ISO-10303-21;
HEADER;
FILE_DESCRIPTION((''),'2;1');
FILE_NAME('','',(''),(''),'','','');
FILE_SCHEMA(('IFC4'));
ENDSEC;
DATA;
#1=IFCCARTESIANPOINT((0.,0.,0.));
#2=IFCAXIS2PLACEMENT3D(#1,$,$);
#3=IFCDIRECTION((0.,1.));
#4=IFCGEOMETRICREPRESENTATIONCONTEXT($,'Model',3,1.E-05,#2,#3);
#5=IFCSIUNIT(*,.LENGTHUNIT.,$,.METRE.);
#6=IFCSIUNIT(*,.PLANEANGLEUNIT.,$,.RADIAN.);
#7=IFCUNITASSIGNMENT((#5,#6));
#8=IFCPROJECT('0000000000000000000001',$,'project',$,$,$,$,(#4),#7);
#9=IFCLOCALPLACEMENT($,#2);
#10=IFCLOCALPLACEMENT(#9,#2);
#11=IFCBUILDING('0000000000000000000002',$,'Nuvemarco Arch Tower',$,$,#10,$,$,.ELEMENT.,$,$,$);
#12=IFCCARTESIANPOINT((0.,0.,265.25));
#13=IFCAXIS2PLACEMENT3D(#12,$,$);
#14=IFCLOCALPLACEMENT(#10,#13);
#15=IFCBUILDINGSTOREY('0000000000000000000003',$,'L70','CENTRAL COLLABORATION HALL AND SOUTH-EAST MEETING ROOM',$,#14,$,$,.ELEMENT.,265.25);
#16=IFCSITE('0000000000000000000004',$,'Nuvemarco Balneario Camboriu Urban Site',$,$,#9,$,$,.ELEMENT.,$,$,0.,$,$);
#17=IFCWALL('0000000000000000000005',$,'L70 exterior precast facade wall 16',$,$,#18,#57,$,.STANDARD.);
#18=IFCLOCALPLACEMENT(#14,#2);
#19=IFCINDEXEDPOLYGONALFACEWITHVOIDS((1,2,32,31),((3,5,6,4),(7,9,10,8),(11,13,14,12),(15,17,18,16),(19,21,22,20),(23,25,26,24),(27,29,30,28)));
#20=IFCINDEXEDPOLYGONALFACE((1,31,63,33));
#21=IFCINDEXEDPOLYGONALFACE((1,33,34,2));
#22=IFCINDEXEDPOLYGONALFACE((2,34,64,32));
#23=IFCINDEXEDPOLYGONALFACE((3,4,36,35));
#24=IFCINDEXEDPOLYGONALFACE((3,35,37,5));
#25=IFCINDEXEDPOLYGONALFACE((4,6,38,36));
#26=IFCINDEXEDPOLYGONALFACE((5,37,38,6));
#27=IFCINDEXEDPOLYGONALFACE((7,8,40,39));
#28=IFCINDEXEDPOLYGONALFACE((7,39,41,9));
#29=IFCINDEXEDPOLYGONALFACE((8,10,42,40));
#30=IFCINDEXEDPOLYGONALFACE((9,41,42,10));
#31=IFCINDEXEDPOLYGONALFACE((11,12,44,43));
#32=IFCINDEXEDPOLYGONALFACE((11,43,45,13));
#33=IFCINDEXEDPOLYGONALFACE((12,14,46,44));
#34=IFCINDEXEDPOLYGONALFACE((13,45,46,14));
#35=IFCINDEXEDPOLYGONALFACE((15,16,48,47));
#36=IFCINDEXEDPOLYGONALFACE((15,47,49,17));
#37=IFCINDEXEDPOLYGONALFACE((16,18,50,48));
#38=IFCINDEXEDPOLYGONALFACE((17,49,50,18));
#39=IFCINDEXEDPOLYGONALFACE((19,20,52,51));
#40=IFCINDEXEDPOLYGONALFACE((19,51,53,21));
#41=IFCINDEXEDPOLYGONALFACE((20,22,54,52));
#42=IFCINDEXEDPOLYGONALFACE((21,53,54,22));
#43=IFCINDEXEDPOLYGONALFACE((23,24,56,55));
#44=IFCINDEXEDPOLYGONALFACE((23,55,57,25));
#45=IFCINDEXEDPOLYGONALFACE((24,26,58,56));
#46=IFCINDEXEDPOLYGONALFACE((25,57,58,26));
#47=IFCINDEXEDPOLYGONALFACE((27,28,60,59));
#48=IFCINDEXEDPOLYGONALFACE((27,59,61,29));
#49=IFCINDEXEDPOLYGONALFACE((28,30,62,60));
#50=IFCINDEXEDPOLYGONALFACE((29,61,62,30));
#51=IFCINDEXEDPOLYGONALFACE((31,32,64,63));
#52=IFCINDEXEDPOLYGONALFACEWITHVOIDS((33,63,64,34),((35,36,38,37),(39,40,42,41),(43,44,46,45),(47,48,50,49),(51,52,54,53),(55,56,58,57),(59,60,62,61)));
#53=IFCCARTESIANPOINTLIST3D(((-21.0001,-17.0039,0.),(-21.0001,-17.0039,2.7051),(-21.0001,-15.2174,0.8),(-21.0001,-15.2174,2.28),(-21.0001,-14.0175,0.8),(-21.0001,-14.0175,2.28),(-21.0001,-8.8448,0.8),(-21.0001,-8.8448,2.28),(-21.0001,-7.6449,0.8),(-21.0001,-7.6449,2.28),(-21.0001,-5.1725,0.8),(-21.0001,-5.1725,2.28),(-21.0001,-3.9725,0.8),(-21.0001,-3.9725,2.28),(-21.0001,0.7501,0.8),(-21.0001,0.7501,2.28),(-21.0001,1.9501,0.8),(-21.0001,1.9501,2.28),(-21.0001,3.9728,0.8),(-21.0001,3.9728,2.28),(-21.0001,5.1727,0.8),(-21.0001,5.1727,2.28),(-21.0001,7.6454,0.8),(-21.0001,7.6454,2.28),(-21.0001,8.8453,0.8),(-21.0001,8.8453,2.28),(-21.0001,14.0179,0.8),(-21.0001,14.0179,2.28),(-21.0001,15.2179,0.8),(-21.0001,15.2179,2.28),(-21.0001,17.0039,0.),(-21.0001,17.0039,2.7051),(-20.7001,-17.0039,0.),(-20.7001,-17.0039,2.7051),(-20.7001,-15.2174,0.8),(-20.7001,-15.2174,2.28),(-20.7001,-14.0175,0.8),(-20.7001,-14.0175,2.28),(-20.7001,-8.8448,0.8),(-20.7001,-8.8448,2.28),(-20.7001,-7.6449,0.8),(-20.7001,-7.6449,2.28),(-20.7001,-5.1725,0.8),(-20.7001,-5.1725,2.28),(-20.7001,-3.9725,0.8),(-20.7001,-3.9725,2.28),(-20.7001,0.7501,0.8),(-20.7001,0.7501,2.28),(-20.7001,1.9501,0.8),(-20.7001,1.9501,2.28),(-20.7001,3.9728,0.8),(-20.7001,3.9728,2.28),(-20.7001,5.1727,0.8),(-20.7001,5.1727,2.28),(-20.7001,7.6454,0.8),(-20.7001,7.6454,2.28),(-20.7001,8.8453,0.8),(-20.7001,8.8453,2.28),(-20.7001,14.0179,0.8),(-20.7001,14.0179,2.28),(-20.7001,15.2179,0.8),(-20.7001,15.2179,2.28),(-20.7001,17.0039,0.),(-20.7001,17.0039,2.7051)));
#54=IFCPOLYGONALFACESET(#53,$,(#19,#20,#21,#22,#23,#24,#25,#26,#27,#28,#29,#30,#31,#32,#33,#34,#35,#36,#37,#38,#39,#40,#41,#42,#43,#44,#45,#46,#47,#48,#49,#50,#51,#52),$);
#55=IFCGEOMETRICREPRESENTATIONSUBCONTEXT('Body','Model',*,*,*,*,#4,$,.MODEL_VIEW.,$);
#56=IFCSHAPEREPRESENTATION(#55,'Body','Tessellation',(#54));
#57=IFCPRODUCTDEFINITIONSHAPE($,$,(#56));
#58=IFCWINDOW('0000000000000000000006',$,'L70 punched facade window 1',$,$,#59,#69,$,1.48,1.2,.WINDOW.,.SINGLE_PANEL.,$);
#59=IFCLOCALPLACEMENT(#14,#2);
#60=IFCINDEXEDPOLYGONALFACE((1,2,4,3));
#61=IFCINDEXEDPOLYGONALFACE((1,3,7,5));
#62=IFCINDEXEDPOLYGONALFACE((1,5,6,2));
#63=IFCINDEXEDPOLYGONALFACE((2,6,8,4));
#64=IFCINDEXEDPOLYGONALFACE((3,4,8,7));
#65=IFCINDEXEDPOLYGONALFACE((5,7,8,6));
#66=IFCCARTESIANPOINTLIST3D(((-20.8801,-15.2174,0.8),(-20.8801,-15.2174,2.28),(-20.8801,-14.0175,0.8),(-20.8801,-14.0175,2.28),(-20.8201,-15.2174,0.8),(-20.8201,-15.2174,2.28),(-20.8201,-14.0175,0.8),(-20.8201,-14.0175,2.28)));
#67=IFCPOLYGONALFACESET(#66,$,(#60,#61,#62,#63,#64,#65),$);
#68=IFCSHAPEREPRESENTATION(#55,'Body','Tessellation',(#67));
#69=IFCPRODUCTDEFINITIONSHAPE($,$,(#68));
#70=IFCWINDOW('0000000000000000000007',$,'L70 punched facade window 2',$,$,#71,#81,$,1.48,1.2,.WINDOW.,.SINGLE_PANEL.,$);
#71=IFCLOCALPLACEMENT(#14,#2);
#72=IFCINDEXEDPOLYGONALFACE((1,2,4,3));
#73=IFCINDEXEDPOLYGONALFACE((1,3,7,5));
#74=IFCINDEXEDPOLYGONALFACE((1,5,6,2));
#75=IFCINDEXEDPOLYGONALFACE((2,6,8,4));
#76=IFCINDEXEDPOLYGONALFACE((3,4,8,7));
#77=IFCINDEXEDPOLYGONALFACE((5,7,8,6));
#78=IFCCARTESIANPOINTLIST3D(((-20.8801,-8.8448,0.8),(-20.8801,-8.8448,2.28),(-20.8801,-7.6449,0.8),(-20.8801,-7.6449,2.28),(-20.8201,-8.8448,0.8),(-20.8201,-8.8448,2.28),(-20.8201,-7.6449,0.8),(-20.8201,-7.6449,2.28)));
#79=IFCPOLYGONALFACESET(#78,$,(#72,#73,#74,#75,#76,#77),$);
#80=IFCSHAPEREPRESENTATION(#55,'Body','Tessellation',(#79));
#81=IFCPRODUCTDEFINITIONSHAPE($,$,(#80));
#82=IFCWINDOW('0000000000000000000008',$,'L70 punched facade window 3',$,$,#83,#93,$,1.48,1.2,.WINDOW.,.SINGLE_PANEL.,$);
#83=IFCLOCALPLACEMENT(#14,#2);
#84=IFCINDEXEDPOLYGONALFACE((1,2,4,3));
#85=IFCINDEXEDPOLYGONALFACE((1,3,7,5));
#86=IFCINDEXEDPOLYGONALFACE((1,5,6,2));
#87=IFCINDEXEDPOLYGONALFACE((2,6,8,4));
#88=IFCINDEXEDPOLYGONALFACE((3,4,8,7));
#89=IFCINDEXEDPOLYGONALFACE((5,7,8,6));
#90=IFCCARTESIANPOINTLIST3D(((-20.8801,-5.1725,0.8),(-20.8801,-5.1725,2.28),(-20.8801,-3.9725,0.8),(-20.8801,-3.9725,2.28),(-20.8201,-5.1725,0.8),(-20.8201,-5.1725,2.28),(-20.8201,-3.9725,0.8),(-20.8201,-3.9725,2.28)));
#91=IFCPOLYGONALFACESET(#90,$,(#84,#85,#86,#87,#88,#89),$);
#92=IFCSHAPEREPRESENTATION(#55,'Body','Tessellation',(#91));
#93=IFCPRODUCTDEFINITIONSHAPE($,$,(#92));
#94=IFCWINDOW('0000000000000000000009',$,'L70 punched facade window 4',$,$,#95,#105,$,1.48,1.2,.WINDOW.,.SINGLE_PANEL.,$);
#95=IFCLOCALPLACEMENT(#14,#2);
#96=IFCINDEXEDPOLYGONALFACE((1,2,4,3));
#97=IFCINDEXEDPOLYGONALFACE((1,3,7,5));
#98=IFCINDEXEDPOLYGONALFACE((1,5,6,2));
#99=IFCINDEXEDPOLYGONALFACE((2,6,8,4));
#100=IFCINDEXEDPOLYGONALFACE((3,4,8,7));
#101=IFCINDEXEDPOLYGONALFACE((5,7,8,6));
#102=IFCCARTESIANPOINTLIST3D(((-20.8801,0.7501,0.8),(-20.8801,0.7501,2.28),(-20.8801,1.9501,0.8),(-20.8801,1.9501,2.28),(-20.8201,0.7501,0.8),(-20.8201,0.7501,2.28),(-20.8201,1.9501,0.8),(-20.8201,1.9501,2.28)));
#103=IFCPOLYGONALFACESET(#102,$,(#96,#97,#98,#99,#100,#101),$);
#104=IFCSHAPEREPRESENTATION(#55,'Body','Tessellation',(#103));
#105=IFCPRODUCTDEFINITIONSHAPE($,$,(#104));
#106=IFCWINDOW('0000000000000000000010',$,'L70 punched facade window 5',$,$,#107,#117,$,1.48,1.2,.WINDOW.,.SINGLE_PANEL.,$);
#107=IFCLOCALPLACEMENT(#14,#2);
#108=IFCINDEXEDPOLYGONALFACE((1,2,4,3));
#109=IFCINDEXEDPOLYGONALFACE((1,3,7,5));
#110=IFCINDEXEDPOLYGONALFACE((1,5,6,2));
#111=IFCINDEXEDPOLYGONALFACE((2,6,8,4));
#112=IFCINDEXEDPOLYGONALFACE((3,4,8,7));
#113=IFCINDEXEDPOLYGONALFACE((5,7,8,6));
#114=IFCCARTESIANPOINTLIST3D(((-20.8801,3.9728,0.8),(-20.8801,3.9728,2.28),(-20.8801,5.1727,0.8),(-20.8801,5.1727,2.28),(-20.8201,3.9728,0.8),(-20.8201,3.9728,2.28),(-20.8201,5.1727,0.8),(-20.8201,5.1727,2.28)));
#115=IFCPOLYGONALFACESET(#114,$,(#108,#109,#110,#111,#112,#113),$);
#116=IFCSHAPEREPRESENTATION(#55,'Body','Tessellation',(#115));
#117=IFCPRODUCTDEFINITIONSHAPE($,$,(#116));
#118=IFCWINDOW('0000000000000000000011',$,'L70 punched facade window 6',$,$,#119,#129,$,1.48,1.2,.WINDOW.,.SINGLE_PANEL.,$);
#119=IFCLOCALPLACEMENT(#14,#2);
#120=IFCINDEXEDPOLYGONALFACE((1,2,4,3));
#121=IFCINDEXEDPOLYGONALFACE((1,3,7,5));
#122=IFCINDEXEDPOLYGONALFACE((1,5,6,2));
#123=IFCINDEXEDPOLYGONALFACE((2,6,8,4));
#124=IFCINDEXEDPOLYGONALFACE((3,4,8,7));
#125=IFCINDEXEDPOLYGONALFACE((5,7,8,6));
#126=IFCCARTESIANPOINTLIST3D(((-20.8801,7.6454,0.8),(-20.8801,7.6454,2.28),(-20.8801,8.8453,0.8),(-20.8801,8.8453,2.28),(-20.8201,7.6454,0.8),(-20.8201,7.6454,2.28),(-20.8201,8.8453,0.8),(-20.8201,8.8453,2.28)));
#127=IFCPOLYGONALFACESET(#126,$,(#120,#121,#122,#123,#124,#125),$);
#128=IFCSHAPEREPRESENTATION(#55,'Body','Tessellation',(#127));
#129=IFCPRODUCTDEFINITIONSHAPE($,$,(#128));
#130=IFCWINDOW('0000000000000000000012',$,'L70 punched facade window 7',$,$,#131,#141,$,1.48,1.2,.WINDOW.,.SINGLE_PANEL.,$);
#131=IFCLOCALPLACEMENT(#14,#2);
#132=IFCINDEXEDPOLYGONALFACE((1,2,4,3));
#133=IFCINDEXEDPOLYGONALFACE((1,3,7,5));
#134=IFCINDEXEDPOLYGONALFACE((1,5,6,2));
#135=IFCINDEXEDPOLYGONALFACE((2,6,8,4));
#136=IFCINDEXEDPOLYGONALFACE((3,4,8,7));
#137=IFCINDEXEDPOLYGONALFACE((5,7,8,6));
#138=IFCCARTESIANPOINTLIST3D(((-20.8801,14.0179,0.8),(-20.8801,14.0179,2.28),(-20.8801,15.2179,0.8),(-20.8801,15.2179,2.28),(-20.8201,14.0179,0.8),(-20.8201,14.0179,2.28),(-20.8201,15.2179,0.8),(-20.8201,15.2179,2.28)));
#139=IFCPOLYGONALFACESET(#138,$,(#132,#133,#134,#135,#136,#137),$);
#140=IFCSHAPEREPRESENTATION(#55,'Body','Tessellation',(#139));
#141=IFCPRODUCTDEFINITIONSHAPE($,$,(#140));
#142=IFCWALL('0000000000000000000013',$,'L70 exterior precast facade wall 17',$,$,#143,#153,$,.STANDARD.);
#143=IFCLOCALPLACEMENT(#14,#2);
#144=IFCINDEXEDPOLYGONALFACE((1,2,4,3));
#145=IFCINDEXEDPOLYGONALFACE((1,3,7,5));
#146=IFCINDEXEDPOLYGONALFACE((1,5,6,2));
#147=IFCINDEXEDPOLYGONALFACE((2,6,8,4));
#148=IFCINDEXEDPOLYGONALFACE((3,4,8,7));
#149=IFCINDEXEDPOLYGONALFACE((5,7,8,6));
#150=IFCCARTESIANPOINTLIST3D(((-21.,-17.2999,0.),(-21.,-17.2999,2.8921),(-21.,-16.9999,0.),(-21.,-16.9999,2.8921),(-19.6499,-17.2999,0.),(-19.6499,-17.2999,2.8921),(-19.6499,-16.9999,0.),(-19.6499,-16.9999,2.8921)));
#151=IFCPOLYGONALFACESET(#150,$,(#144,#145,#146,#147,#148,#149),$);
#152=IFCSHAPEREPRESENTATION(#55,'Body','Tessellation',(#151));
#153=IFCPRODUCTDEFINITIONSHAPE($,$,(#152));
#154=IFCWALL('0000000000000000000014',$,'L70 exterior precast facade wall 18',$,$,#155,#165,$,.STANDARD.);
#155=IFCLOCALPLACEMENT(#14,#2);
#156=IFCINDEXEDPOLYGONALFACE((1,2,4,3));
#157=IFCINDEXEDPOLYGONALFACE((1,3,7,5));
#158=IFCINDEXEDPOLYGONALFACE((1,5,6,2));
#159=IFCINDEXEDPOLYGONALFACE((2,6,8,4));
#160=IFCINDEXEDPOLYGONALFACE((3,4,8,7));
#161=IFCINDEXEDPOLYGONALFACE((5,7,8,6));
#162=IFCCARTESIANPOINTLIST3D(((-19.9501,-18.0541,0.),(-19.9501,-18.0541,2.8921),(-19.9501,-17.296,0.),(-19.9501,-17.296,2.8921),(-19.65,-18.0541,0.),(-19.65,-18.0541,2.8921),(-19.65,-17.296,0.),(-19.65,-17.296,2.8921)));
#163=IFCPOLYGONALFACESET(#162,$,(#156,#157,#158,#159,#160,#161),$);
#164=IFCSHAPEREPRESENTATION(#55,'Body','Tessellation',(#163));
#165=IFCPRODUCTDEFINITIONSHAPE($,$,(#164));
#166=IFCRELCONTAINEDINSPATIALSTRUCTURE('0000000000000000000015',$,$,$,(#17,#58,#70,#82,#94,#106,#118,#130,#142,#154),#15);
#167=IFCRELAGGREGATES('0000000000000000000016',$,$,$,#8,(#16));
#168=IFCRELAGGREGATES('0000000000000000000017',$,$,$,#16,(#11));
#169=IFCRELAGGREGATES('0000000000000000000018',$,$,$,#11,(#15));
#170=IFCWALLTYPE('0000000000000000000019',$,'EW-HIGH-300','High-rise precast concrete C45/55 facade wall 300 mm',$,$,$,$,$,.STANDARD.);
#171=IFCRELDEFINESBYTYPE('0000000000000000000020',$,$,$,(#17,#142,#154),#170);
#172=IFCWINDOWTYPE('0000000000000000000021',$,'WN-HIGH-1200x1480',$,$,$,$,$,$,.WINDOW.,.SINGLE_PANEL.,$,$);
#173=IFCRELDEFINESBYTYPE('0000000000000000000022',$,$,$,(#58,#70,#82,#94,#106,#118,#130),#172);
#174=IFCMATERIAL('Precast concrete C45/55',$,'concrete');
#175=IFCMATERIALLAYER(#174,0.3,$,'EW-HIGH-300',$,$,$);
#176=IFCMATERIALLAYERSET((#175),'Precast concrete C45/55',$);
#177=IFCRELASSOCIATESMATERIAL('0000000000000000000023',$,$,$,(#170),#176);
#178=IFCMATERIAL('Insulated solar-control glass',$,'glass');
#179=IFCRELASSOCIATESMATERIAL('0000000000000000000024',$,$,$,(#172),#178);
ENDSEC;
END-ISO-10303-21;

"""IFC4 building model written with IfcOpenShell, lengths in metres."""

from ifc_helpers import new_model, si_unit, direction, frame, frame_2d, origin, place, context, subcontext, project, spatial, rectangle, extrude, source, transform, mapped, material, layer, layer_set, type_object, type_shapes, element, fill, save


model = new_model("IFC4")

# Units and contexts
model_context = context("Model", 3, precision=1e-05, world=origin(), true_north=direction((0.0, 1.0)))
body_context = subcontext(model_context, "Body", "Model", "MODEL_VIEW")
ifc_project = project(units=[si_unit("LENGTHUNIT", "METRE"), si_unit("PLANEANGLEUNIT", "RADIAN")], contexts=[model_context])

# Site, building, storey
site_placement = place(None, origin())
site = spatial("IfcSite", under=ifc_project, at=site_placement, Name="Nuvemarco Balneario Camboriu Urban Site", CompositionType="ELEMENT", RefElevation=0.0)
building_placement = place(site_placement, origin())
building = spatial("IfcBuilding", under=site, at=building_placement, Name="Nuvemarco Arch Tower", CompositionType="ELEMENT")
storey_placement = place(building_placement, frame((0.0, 0.0, 265.25)))
storey = spatial("IfcBuildingStorey", under=building, at=storey_placement, Name="L70", Description="CENTRAL COLLABORATION HALL AND SOUTH-EAST MEETING ROOM", CompositionType="ELEMENT", Elevation=265.25)

# Shared definitions
ifc_material_1 = material(Name="Precast concrete C45/55", Category="concrete")

# Shared definitions
ifc_layer = layer(ifc_material_1, 0.3, Name="EW-HIGH-300")
ifc_layer_set = layer_set([ifc_layer], Name="Precast concrete C45/55")
wall_type = type_object("IfcWallType", Name="EW-HIGH-300", Description="High-rise precast concrete C45/55 facade wall 300 mm", PredefinedType="STANDARD", material=ifc_layer_set)
ifc_material_2 = material(Name="Insulated solar-control glass", Category="glass")

# Wall, openings, windows
wall_1_placement = place(storey_placement, frame((-20.8501, -17.0039, 0.0), z_axis=(0.0, 0.0, 1.0), x_axis=(0.0, 1.0, 0.0)))
wall_1 = element("IfcWall", 1, at=wall_1_placement, inside=storey, type_object=wall_type, Name="L70 exterior precast facade wall 16", PredefinedType="STANDARD", context=body_context, shape_type="SweptSolid", body=[
    extrude(rectangle(XDim=34.0078, YDim=0.3, at=frame_2d((17.0039, 0.0))), origin(), (0.0, 0.0, 1.0), 2.7051),
])
opening_1_placement = place(wall_1_placement, frame((1.7864, 0.0, 0.8)))
opening_1 = element("IfcOpeningElement", 2, at=opening_1_placement, cuts=wall_1, PredefinedType="OPENING", context=body_context, shape_type="SweptSolid", body=[
    extrude(rectangle(XDim=1.2, YDim=1.48, at=frame_2d((0.6001, 0.74))), frame((0.0, 0.1599, 0.0), z_axis=(0.0, -1.0, 0.0), x_axis=(1.0, 0.0, 0.0)), (0.0, 0.0, 1.0), 0.3201),
])
opening_2_placement = place(wall_1_placement, frame((8.1589, 0.0, 0.8)))
opening_2 = element("IfcOpeningElement", 3, at=opening_2_placement, cuts=wall_1, PredefinedType="OPENING", context=body_context, shape_type="SweptSolid", body=[
    extrude(rectangle(XDim=1.2, YDim=1.48, at=frame_2d((0.6001, 0.74))), frame((0.0, 0.1599, 0.0), z_axis=(0.0, -1.0, 0.0), x_axis=(1.0, 0.0, 0.0)), (0.0, 0.0, 1.0), 0.3201),
])
opening_3_placement = place(wall_1_placement, frame((11.8313, 0.0, 0.8)))
opening_3 = element("IfcOpeningElement", 4, at=opening_3_placement, cuts=wall_1, PredefinedType="OPENING", context=body_context, shape_type="SweptSolid", body=[
    extrude(rectangle(XDim=1.2, YDim=1.48, at=frame_2d((0.6001, 0.74))), frame((0.0, 0.1599, 0.0), z_axis=(0.0, -1.0, 0.0), x_axis=(1.0, 0.0, 0.0)), (0.0, 0.0, 1.0), 0.3201),
])
opening_4_placement = place(wall_1_placement, frame((17.7539, 0.0, 0.8)))
opening_4 = element("IfcOpeningElement", 5, at=opening_4_placement, cuts=wall_1, PredefinedType="OPENING", context=body_context, shape_type="SweptSolid", body=[
    extrude(rectangle(XDim=1.2, YDim=1.48, at=frame_2d((0.6001, 0.74))), frame((0.0, 0.1599, 0.0), z_axis=(0.0, -1.0, 0.0), x_axis=(1.0, 0.0, 0.0)), (0.0, 0.0, 1.0), 0.3201),
])
opening_5_placement = place(wall_1_placement, frame((20.9766, 0.0, 0.8)))
opening_5 = element("IfcOpeningElement", 6, at=opening_5_placement, cuts=wall_1, PredefinedType="OPENING", context=body_context, shape_type="SweptSolid", body=[
    extrude(rectangle(XDim=1.2, YDim=1.48, at=frame_2d((0.6001, 0.74))), frame((0.0, 0.1599, 0.0), z_axis=(0.0, -1.0, 0.0), x_axis=(1.0, 0.0, 0.0)), (0.0, 0.0, 1.0), 0.3201),
])
opening_6_placement = place(wall_1_placement, frame((24.6492, 0.0, 0.8)))
opening_6 = element("IfcOpeningElement", 7, at=opening_6_placement, cuts=wall_1, PredefinedType="OPENING", context=body_context, shape_type="SweptSolid", body=[
    extrude(rectangle(XDim=1.2, YDim=1.48, at=frame_2d((0.6001, 0.74))), frame((0.0, 0.1599, 0.0), z_axis=(0.0, -1.0, 0.0), x_axis=(1.0, 0.0, 0.0)), (0.0, 0.0, 1.0), 0.3201),
])
opening_7_placement = place(wall_1_placement, frame((31.0217, 0.0, 0.8)))
opening_7 = element("IfcOpeningElement", 8, at=opening_7_placement, cuts=wall_1, PredefinedType="OPENING", context=body_context, shape_type="SweptSolid", body=[
    extrude(rectangle(XDim=1.2, YDim=1.48, at=frame_2d((0.6001, 0.74))), frame((0.0, 0.1599, 0.0), z_axis=(0.0, -1.0, 0.0), x_axis=(1.0, 0.0, 0.0)), (0.0, 0.0, 1.0), 0.3201),
])
window_type_1 = type_object("IfcWindowType", Name="WN-HIGH-1200x1480", PartitioningType="SINGLE_PANEL", PredefinedType="WINDOW", material=ifc_material_2)
shared_shape_1 = source(origin(), body_context, "Body", "SweptSolid", [
    extrude(rectangle(XDim=1.2, YDim=1.48, at=frame_2d((0.6001, 0.74))), frame((0.0, 0.03, 0.0), z_axis=(0.0, -1.0, 0.0), x_axis=(1.0, 0.0, 0.0)), (0.0, 0.0, 1.0), 0.0601),
])
type_shapes(window_type_1, [shared_shape_1])
window_1_placement = place(opening_1_placement, origin())
window_1 = element("IfcWindow", 9, at=window_1_placement, inside=storey, type_object=window_type_1, Name="L70 punched facade window 1", OverallHeight=1.48, OverallWidth=1.2, PartitioningType="SINGLE_PANEL", PredefinedType="WINDOW", context=body_context, shape_type="MappedRepresentation", body=[
    mapped(shared_shape_1, transform((0.0, 0.0, 0.0), scale=1.0)),
])
fill(opening_1, window_1)
window_2_placement = place(opening_2_placement, origin())
window_2 = element("IfcWindow", 10, at=window_2_placement, inside=storey, type_object=window_type_1, Name="L70 punched facade window 2", OverallHeight=1.48, OverallWidth=1.2, PartitioningType="SINGLE_PANEL", PredefinedType="WINDOW", context=body_context, shape_type="MappedRepresentation", body=[
    mapped(shared_shape_1, transform((0.0, 0.0, 0.0), scale=1.0)),
])
fill(opening_2, window_2)
window_3_placement = place(opening_3_placement, origin())
window_3 = element("IfcWindow", 11, at=window_3_placement, inside=storey, type_object=window_type_1, Name="L70 punched facade window 3", OverallHeight=1.48, OverallWidth=1.2, PartitioningType="SINGLE_PANEL", PredefinedType="WINDOW", context=body_context, shape_type="MappedRepresentation", body=[
    mapped(shared_shape_1, transform((0.0, 0.0, 0.0), scale=1.0)),
])
fill(opening_3, window_3)
window_4_placement = place(opening_4_placement, origin())
window_4 = element("IfcWindow", 12, at=window_4_placement, inside=storey, type_object=window_type_1, Name="L70 punched facade window 4", OverallHeight=1.48, OverallWidth=1.2, PartitioningType="SINGLE_PANEL", PredefinedType="WINDOW", context=body_context, shape_type="MappedRepresentation", body=[
    mapped(shared_shape_1, transform((0.0, 0.0, 0.0), scale=1.0)),
])
fill(opening_4, window_4)
window_5_placement = place(opening_5_placement, origin())
window_5 = element("IfcWindow", 13, at=window_5_placement, inside=storey, type_object=window_type_1, Name="L70 punched facade window 5", OverallHeight=1.48, OverallWidth=1.2, PartitioningType="SINGLE_PANEL", PredefinedType="WINDOW", context=body_context, shape_type="MappedRepresentation", body=[
    mapped(shared_shape_1, transform((0.0, 0.0, 0.0), scale=1.0)),
])
fill(opening_5, window_5)
window_6_placement = place(opening_6_placement, origin())
window_6 = element("IfcWindow", 14, at=window_6_placement, inside=storey, type_object=window_type_1, Name="L70 punched facade window 6", OverallHeight=1.48, OverallWidth=1.2, PartitioningType="SINGLE_PANEL", PredefinedType="WINDOW", context=body_context, shape_type="MappedRepresentation", body=[
    mapped(shared_shape_1, transform((0.0, 0.0, 0.0), scale=1.0)),
])
fill(opening_6, window_6)
window_7_placement = place(opening_7_placement, origin())
window_7 = element("IfcWindow", 15, at=window_7_placement, inside=storey, type_object=window_type_1, Name="L70 punched facade window 7", OverallHeight=1.48, OverallWidth=1.2, PartitioningType="SINGLE_PANEL", PredefinedType="WINDOW", context=body_context, shape_type="MappedRepresentation", body=[
    mapped(shared_shape_1, transform((0.0, 0.0, 0.0), scale=1.0)),
])
fill(opening_7, window_7)

# Walls
wall_2_placement = place(storey_placement, frame((-21.0, -17.1499, 0.0), z_axis=(0.0, 0.0, 1.0), x_axis=(1.0, 0.0, 0.0)))
element("IfcWall", 16, at=wall_2_placement, inside=storey, type_object=wall_type, Name="L70 exterior precast facade wall 17", PredefinedType="STANDARD", context=body_context, shape_type="SweptSolid", body=[
    extrude(rectangle(XDim=1.3501, YDim=0.3, at=frame_2d((0.675, 0.0))), origin(), (0.0, 0.0, 1.0), 2.8921),
])
wall_3_placement = place(storey_placement, frame((-19.8, -18.054, 0.0), z_axis=(0.0, 0.0, 1.0), x_axis=(0.0, 1.0, 0.0)))
element("IfcWall", 17, at=wall_3_placement, inside=storey, type_object=wall_type, Name="L70 exterior precast facade wall 18", PredefinedType="STANDARD", context=body_context, shape_type="SweptSolid", body=[
    extrude(rectangle(XDim=0.7581, YDim=0.3, at=frame_2d((0.3789, 0.0))), origin(), (0.0, 0.0, 1.0), 2.8921),
])

save(model, "model.ifc")
